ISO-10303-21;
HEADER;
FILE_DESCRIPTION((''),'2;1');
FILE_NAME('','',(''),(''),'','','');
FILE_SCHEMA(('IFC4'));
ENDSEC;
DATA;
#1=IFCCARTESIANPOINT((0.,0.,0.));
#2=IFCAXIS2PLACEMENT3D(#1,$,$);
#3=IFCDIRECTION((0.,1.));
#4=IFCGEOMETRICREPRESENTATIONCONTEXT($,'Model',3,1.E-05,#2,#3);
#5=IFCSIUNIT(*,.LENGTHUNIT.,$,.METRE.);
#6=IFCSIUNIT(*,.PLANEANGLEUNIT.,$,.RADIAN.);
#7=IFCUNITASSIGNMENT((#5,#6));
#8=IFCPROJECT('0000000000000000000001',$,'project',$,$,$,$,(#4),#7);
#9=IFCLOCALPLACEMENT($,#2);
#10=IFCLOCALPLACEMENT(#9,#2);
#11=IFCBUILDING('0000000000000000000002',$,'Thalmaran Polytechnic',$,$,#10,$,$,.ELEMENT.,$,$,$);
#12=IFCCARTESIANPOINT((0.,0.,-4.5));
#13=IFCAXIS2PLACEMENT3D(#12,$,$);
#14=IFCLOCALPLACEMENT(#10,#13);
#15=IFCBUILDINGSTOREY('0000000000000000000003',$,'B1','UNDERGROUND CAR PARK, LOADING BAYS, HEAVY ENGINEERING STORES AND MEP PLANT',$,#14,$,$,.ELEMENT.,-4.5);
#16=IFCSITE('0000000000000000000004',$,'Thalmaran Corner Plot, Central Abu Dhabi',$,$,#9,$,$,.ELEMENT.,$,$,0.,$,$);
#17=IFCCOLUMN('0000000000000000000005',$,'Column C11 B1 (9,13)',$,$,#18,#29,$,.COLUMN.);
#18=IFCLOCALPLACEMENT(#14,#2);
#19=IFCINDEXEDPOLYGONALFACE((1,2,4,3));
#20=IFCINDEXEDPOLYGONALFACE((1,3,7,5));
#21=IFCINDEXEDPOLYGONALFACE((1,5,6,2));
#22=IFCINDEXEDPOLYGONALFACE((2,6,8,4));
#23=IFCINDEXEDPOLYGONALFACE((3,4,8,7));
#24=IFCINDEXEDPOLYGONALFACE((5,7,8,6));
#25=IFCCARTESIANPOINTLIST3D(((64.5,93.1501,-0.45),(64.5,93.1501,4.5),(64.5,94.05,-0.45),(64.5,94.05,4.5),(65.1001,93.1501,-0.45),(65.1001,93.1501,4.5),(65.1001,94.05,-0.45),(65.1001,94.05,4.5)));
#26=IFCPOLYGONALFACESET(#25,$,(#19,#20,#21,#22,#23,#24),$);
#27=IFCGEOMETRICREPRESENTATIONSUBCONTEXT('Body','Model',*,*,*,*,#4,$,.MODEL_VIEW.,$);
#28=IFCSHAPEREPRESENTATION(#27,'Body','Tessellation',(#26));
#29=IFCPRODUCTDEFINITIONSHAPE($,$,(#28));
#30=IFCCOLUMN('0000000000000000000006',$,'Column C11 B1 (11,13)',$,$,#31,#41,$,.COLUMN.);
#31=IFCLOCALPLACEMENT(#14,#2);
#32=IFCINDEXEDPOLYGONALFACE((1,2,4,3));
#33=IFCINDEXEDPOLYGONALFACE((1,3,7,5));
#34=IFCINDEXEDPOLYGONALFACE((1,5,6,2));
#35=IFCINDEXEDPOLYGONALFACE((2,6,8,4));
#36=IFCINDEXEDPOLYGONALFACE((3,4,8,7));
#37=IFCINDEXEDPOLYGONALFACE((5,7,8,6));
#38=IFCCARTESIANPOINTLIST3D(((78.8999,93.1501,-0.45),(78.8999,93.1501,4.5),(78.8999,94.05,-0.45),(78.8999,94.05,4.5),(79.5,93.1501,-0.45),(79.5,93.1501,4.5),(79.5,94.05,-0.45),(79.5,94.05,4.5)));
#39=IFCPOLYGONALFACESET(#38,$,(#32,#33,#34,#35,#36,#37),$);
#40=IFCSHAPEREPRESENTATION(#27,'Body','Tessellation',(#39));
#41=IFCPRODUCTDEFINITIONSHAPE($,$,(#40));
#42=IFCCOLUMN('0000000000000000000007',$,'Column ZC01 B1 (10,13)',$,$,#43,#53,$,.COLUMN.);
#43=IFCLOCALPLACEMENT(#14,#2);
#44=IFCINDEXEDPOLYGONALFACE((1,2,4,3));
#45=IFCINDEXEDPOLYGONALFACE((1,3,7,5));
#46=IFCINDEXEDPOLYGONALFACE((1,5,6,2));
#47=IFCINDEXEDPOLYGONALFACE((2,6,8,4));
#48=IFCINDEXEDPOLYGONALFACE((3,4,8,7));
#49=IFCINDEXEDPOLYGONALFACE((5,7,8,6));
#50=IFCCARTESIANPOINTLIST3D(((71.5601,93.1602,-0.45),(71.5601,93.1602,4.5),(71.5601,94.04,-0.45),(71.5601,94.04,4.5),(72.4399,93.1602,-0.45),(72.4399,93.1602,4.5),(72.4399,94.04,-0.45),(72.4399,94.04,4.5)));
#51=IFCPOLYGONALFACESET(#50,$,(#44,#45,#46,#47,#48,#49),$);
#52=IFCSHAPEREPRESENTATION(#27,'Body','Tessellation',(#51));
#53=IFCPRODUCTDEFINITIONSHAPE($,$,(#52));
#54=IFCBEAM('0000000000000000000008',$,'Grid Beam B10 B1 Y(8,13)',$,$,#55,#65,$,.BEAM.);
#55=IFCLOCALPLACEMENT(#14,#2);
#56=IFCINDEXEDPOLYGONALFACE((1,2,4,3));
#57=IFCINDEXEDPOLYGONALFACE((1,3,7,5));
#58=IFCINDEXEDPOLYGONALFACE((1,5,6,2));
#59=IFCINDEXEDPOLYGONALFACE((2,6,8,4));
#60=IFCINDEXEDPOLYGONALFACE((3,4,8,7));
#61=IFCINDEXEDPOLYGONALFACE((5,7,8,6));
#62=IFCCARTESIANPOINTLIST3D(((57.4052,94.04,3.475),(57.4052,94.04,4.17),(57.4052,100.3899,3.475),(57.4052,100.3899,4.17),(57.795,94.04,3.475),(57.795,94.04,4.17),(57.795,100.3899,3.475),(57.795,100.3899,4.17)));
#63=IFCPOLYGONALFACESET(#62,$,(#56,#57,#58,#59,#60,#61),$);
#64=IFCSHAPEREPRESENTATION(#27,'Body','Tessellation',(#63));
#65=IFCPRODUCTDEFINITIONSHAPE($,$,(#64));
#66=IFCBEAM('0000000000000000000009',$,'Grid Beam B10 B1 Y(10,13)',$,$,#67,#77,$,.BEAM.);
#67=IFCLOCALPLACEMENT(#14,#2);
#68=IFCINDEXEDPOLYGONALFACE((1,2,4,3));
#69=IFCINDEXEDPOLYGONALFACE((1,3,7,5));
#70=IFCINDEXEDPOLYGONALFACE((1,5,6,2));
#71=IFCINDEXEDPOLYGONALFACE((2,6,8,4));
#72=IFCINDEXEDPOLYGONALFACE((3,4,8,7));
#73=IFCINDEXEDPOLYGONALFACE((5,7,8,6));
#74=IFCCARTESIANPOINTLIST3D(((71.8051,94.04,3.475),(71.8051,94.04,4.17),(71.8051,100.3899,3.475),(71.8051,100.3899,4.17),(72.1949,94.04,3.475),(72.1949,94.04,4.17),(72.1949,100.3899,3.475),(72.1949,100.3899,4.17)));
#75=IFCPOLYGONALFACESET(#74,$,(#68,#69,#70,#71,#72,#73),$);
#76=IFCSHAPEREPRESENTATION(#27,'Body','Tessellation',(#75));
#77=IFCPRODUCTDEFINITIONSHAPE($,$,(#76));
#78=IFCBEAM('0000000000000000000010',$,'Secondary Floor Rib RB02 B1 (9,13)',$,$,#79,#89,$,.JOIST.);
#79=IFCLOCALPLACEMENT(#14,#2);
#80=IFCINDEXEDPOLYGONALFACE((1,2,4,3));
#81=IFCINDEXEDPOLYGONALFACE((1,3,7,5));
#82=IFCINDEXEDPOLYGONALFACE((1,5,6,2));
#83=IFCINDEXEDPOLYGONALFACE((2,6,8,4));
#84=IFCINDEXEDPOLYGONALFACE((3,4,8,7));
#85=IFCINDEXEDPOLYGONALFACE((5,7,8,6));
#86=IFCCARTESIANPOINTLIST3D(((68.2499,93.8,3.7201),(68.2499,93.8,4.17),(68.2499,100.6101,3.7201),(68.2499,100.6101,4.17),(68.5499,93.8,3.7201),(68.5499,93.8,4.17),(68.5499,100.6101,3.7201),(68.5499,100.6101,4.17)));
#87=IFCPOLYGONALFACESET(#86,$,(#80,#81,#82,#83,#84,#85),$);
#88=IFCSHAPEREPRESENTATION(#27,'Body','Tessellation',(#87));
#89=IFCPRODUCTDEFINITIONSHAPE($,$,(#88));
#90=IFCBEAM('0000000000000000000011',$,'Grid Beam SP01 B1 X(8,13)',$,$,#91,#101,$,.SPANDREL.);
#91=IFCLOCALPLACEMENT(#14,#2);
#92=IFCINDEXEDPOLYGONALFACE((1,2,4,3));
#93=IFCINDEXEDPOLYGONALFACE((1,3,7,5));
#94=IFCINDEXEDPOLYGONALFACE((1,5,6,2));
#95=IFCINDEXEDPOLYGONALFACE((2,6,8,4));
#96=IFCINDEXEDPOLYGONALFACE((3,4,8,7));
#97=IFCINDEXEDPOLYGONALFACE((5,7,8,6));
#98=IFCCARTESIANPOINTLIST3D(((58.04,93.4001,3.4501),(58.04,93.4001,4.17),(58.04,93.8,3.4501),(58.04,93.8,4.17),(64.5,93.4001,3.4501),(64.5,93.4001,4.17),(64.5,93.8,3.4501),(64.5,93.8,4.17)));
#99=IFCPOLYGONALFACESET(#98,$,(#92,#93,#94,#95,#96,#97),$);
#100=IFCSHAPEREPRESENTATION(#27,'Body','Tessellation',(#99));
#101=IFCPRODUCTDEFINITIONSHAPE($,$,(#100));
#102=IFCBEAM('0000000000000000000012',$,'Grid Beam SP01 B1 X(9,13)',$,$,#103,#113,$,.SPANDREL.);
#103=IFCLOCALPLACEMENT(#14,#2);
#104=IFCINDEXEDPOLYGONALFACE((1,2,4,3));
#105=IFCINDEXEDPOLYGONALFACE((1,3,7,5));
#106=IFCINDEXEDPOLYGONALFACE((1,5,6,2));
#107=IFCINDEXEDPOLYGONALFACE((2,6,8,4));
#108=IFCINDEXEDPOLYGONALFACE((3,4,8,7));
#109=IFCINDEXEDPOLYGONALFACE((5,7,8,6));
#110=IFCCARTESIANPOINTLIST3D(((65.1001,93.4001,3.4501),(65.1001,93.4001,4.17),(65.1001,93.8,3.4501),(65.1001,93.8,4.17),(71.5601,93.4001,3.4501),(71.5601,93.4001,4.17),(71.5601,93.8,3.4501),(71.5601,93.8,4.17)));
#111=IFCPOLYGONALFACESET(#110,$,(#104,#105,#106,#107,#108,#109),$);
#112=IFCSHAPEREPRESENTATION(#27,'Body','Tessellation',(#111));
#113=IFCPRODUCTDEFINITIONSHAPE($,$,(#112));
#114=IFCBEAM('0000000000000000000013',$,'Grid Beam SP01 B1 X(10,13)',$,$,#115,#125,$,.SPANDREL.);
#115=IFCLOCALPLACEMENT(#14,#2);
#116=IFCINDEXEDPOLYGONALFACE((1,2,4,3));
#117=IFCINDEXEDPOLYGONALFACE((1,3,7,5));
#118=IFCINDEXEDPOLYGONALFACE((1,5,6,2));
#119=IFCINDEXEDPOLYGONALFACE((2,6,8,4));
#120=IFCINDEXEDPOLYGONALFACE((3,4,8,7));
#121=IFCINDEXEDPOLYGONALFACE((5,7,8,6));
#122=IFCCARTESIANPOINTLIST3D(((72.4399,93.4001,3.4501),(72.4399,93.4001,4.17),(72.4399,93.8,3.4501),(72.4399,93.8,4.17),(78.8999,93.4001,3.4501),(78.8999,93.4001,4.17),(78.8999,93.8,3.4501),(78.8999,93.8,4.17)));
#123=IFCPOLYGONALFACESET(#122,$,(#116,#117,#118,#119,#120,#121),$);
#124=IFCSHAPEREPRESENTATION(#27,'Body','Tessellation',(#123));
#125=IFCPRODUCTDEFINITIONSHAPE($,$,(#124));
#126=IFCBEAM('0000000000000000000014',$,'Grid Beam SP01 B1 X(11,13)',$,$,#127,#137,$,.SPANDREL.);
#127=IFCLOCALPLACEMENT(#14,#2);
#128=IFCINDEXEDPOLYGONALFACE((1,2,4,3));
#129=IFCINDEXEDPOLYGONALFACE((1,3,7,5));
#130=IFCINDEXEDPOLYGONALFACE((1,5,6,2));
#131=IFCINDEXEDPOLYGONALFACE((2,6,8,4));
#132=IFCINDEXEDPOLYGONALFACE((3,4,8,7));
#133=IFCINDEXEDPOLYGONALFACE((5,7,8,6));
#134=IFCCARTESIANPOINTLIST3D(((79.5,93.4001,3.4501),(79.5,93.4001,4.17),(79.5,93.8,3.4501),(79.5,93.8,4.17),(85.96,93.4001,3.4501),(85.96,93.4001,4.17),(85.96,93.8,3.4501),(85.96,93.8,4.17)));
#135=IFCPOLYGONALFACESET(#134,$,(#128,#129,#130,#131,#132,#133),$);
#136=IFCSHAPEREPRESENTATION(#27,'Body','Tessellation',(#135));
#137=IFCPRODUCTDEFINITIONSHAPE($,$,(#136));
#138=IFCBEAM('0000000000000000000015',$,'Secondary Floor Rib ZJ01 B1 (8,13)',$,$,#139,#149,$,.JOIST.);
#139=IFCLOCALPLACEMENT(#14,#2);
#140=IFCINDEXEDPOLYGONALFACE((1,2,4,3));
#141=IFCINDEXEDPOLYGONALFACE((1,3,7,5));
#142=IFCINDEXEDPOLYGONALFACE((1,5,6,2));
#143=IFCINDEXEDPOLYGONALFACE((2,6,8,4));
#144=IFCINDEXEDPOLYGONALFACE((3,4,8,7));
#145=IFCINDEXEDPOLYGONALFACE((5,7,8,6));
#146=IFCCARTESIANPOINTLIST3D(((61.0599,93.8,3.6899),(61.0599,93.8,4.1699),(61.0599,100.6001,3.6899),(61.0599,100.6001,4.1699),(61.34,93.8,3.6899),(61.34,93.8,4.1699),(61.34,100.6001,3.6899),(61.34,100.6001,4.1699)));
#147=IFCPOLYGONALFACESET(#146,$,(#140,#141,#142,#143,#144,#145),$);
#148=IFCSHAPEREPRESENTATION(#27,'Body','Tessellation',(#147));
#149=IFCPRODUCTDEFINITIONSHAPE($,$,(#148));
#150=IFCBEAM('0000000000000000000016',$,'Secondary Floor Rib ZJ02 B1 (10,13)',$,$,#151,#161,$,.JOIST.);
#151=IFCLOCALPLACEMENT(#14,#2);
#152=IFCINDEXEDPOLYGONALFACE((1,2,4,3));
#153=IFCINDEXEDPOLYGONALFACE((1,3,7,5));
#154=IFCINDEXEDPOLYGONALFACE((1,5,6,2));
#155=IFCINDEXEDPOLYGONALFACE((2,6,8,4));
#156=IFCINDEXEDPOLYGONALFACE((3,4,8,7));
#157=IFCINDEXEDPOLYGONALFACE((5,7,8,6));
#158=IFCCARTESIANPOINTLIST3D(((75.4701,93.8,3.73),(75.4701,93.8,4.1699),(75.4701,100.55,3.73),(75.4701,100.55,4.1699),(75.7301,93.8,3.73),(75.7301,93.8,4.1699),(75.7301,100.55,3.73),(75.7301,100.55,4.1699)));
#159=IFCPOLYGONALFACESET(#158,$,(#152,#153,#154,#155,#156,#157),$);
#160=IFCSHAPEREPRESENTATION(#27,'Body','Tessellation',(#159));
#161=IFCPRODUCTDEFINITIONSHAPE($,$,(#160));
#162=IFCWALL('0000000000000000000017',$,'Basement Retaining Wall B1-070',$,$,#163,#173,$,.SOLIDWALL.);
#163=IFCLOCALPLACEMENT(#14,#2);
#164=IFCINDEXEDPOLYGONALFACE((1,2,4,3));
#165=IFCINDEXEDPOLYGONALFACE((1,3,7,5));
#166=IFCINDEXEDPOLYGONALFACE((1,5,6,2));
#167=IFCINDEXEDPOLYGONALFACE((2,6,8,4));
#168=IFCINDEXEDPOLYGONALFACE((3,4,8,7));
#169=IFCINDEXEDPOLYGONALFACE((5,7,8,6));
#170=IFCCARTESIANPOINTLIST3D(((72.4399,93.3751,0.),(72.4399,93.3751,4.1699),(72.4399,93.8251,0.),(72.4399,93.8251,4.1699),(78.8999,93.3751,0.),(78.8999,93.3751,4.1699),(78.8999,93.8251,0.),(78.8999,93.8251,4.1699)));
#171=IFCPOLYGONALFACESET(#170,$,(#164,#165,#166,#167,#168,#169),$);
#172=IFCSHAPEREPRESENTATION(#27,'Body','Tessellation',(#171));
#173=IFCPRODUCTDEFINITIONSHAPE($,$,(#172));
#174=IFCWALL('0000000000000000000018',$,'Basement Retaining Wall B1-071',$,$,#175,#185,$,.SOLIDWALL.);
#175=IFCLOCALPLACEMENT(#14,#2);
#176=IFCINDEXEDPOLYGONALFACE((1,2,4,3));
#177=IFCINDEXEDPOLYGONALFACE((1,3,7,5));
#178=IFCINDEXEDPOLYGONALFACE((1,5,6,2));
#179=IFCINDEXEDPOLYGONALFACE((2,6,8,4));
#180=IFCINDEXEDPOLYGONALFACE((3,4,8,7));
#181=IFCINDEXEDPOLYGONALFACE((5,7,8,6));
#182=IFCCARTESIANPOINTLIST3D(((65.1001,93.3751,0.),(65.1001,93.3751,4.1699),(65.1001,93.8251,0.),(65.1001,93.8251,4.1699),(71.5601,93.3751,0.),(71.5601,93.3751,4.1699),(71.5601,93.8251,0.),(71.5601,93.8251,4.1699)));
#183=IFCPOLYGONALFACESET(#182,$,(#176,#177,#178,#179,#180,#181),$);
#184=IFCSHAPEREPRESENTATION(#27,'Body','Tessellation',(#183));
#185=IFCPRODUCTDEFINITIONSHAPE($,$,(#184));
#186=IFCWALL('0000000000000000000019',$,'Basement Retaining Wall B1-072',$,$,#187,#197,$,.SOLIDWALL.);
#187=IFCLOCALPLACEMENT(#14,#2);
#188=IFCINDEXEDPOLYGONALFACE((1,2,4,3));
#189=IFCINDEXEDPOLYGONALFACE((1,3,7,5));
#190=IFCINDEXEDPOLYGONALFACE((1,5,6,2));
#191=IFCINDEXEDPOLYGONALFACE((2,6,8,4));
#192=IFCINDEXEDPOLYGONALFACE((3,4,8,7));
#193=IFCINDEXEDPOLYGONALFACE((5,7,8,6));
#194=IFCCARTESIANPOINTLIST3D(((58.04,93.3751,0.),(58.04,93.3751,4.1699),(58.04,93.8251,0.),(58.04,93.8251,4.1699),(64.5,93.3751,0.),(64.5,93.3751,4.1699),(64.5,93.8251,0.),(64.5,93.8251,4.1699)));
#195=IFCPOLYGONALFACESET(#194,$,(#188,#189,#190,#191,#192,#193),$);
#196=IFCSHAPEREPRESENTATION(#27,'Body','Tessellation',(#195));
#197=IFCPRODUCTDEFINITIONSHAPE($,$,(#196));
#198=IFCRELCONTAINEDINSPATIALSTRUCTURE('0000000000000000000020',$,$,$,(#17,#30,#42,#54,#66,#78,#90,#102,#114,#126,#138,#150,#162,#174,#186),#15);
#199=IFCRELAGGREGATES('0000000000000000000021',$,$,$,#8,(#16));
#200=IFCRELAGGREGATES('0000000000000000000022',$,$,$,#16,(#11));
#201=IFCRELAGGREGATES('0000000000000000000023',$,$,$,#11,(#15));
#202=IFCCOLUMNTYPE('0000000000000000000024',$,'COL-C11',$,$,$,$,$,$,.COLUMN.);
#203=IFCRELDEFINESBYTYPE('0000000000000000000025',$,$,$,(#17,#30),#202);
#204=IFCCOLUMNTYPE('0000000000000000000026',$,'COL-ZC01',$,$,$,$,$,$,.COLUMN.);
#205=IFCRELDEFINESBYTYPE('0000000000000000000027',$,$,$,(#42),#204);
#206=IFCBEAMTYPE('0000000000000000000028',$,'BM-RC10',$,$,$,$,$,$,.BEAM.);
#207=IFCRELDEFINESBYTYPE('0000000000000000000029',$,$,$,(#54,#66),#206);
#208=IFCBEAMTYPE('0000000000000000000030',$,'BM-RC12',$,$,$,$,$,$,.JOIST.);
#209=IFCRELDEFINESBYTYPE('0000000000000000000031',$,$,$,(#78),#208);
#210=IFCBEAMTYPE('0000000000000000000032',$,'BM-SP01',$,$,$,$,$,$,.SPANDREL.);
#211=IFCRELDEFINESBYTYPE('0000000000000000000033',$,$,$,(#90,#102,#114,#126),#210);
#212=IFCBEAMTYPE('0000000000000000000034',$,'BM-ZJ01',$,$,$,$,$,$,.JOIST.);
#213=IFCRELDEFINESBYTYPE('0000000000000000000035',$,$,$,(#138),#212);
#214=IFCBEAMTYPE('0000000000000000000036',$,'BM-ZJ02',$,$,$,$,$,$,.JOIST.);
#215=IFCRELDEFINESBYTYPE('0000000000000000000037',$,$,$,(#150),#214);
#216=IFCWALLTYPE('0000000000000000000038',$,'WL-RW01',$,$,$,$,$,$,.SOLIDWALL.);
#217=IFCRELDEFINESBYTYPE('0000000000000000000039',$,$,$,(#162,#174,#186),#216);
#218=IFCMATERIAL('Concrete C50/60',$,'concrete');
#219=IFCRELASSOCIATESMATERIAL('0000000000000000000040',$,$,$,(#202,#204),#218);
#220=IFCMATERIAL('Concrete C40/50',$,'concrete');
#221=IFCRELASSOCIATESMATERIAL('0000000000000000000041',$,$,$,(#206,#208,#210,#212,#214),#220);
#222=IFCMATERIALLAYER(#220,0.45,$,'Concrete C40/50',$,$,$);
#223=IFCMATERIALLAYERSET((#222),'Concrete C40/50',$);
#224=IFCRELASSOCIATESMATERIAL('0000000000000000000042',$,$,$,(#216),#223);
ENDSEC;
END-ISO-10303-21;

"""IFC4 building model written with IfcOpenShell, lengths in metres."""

from ifc_helpers import new_model, si_unit, direction, frame, frame_2d, origin, origin_2d, place, context, subcontext, project, spatial, rectangle, extrude, material, layer, layer_set, material_profile, profile_set, type_object, element, save


model = new_model("IFC4")

# Units and contexts
model_context = context("Model", 3, precision=1e-05, world=origin(), true_north=direction((0.0, 1.0)))
body_context = subcontext(model_context, "Body", "Model", "MODEL_VIEW")
ifc_project = project(units=[si_unit("LENGTHUNIT", "METRE"), si_unit("PLANEANGLEUNIT", "RADIAN")], contexts=[model_context])

# Site, building, storey
site_placement = place(None, origin())
site = spatial("IfcSite", under=ifc_project, at=site_placement, Name="Thalmaran Corner Plot, Central Abu Dhabi", CompositionType="ELEMENT", RefElevation=0.0)
building_placement = place(site_placement, origin())
building = spatial("IfcBuilding", under=site, at=building_placement, Name="Thalmaran Polytechnic", CompositionType="ELEMENT")
storey_placement = place(building_placement, frame((0.0, 0.0, -4.5)))
storey = spatial("IfcBuildingStorey", under=building, at=storey_placement, Name="B1", Description="UNDERGROUND CAR PARK, LOADING BAYS, HEAVY ENGINEERING STORES AND MEP PLANT", CompositionType="ELEMENT", Elevation=-4.5)

# Shared definitions
ifc_material_1 = material(Name="Concrete C40/50", Category="concrete")

# Columns
ifc_material_2 = material(Name="Concrete C50/60", Category="concrete")
ifc_material_profile_1 = material_profile(ifc_material_2, rectangle(XDim=0.6001, YDim=0.8999, at=origin_2d()), Name="RC 600x900")
ifc_profile_set_1 = profile_set([ifc_material_profile_1], Name="Concrete C50/60")
column_type_1 = type_object("IfcColumnType", Name="COL-C11", PredefinedType="COLUMN", material=ifc_profile_set_1)
for number, where, z_axis, x_axis, name in (
    (1, (64.8, 93.6001, -0.45), (0.0, 0.0, 1.0), (1.0, 0.0, 0.0), "Column C11 B1 (9,13)"),
    (2, (79.2, 93.6001, -0.45), (0.0, 0.0, 1.0), (1.0, 0.0, 0.0), "Column C11 B1 (11,13)"),
):
    element("IfcColumn", number, at=place(storey_placement, frame(where, z_axis=z_axis, x_axis=x_axis)), inside=storey, type_object=column_type_1, Name=name, PredefinedType="COLUMN", context=body_context, shape_type="SweptSolid", body=[
        extrude(rectangle(XDim=0.6001, YDim=0.8999, at=origin_2d()), origin(), (0.0, 0.0, 1.0), 4.95),
    ])
ifc_material_profile_2 = material_profile(ifc_material_2, rectangle(XDim=0.8799, YDim=0.8799, at=origin_2d()), Name="RC 880x880")
ifc_profile_set_2 = profile_set([ifc_material_profile_2], Name="Concrete C50/60")
column_type_2 = type_object("IfcColumnType", Name="COL-ZC01", PredefinedType="COLUMN", material=ifc_profile_set_2)
column_placement = place(storey_placement, frame((72.0, 93.6001, -0.45), z_axis=(0.0, 0.0, 1.0), x_axis=(1.0, 0.0, 0.0)))
element("IfcColumn", 3, at=column_placement, inside=storey, type_object=column_type_2, Name="Column ZC01 B1 (10,13)", PredefinedType="COLUMN", context=body_context, shape_type="SweptSolid", body=[
    extrude(rectangle(XDim=0.8799, YDim=0.8799, at=origin_2d()), origin(), (0.0, 0.0, 1.0), 4.95),
])

# Beams
ifc_material_profile_3 = material_profile(ifc_material_1, rectangle(XDim=0.3899, YDim=0.6951, at=origin_2d()), Name="RC 390x695")
ifc_profile_set_3 = profile_set([ifc_material_profile_3], Name="Concrete C40/50")
beam_type_1 = type_object("IfcBeamType", Name="BM-RC10", PredefinedType="BEAM", material=ifc_profile_set_3)
for number, where, z_axis, x_axis, name in (
    (4, (57.6001, 94.04, 3.8225), (0.0, 1.0, 0.0), (-1.0, 0.0, 0.0), "Grid Beam B10 B1 Y(8,13)"),
    (5, (72.0, 94.04, 3.8225), (0.0, 1.0, 0.0), (-1.0, 0.0, 0.0), "Grid Beam B10 B1 Y(10,13)"),
):
    element("IfcBeam", number, at=place(storey_placement, frame(where, z_axis=z_axis, x_axis=x_axis)), inside=storey, type_object=beam_type_1, Name=name, PredefinedType="BEAM", context=body_context, shape_type="SweptSolid", body=[
        extrude(rectangle(XDim=0.3899, YDim=0.6951, at=origin_2d()), origin(), (0.0, 0.0, 1.0), 6.3499),
    ])
ifc_material_profile_4 = material_profile(ifc_material_1, rectangle(XDim=0.3, YDim=0.45, at=origin_2d()), Name="RC 300x450")
ifc_profile_set_4 = profile_set([ifc_material_profile_4], Name="Concrete C40/50")
beam_type_2 = type_object("IfcBeamType", Name="BM-RC12", PredefinedType="JOIST", material=ifc_profile_set_4)
beam_1_placement = place(storey_placement, frame((68.3999, 93.8, 3.9451), z_axis=(0.0, 1.0, 0.0), x_axis=(-1.0, 0.0, 0.0)))
element("IfcBeam", 6, at=beam_1_placement, inside=storey, type_object=beam_type_2, Name="Secondary Floor Rib RB02 B1 (9,13)", PredefinedType="JOIST", context=body_context, shape_type="SweptSolid", body=[
    extrude(rectangle(XDim=0.3, YDim=0.45, at=origin_2d()), origin(), (0.0, 0.0, 1.0), 6.8101),
])
ifc_material_profile_5 = material_profile(ifc_material_1, rectangle(XDim=0.3999, YDim=0.72, at=origin_2d()), Name="RC 400x720")
ifc_profile_set_5 = profile_set([ifc_material_profile_5], Name="Concrete C40/50")
beam_type_3 = type_object("IfcBeamType", Name="BM-SP01", PredefinedType="SPANDREL", material=ifc_profile_set_5)
for number, where, z_axis, x_axis, name in (
    (7, (58.04, 93.6001, 3.8101), (1.0, 0.0, 0.0), (0.0, 1.0, 0.0), "Grid Beam SP01 B1 X(8,13)"),
    (8, (65.1001, 93.6001, 3.8101), (1.0, 0.0, 0.0), (0.0, 1.0, 0.0), "Grid Beam SP01 B1 X(9,13)"),
    (9, (72.4399, 93.6001, 3.8101), (1.0, 0.0, 0.0), (0.0, 1.0, 0.0), "Grid Beam SP01 B1 X(10,13)"),
    (10, (79.5, 93.6001, 3.8101), (1.0, 0.0, 0.0), (0.0, 1.0, 0.0), "Grid Beam SP01 B1 X(11,13)"),
):
    element("IfcBeam", number, at=place(storey_placement, frame(where, z_axis=z_axis, x_axis=x_axis)), inside=storey, type_object=beam_type_3, Name=name, PredefinedType="SPANDREL", context=body_context, shape_type="SweptSolid", body=[
        extrude(rectangle(XDim=0.3999, YDim=0.72, at=origin_2d()), origin(), (0.0, 0.0, 1.0), 6.46),
    ])
ifc_material_profile_6 = material_profile(ifc_material_1, rectangle(XDim=0.28, YDim=0.48, at=origin_2d()), Name="RC 280x480")
ifc_profile_set_6 = profile_set([ifc_material_profile_6], Name="Concrete C40/50")
beam_type_4 = type_object("IfcBeamType", Name="BM-ZJ01", PredefinedType="JOIST", material=ifc_profile_set_6)
beam_2_placement = place(storey_placement, frame((61.2, 93.8, 3.9299), z_axis=(0.0, 1.0, 0.0), x_axis=(-1.0, 0.0, 0.0)))
element("IfcBeam", 11, at=beam_2_placement, inside=storey, type_object=beam_type_4, Name="Secondary Floor Rib ZJ01 B1 (8,13)", PredefinedType="JOIST", context=body_context, shape_type="SweptSolid", body=[
    extrude(rectangle(XDim=0.28, YDim=0.48, at=origin_2d()), origin(), (0.0, 0.0, 1.0), 6.8),
])
ifc_material_profile_7 = material_profile(ifc_material_1, rectangle(XDim=0.26, YDim=0.4399, at=origin_2d()), Name="RC 260x440")
ifc_profile_set_7 = profile_set([ifc_material_profile_7], Name="Concrete C40/50")
beam_type_5 = type_object("IfcBeamType", Name="BM-ZJ02", PredefinedType="JOIST", material=ifc_profile_set_7)
beam_3_placement = place(storey_placement, frame((75.6001, 93.8, 3.95), z_axis=(0.0, 1.0, 0.0), x_axis=(-1.0, 0.0, 0.0)))
element("IfcBeam", 12, at=beam_3_placement, inside=storey, type_object=beam_type_5, Name="Secondary Floor Rib ZJ02 B1 (10,13)", PredefinedType="JOIST", context=body_context, shape_type="SweptSolid", body=[
    extrude(rectangle(XDim=0.26, YDim=0.4399, at=origin_2d()), origin(), (0.0, 0.0, 1.0), 6.75),
])

# Walls
ifc_layer = layer(ifc_material_1, 0.45, Name="Concrete C40/50")
ifc_layer_set = layer_set([ifc_layer], Name="Concrete C40/50")
wall_type = type_object("IfcWallType", Name="WL-RW01", PredefinedType="SOLIDWALL", material=ifc_layer_set)
for number, where, z_axis, x_axis, name in (
    (13, (78.8999, 93.6001, 0.0), (0.0, 0.0, 1.0), (-1.0, 0.0, 0.0), "Basement Retaining Wall B1-070"),
    (14, (71.5601, 93.6001, 0.0), (0.0, 0.0, 1.0), (-1.0, 0.0, 0.0), "Basement Retaining Wall B1-071"),
    (15, (64.5, 93.6001, 0.0), (0.0, 0.0, 1.0), (-1.0, 0.0, 0.0), "Basement Retaining Wall B1-072"),
):
    element("IfcWall", number, at=place(storey_placement, frame(where, z_axis=z_axis, x_axis=x_axis)), inside=storey, type_object=wall_type, Name=name, PredefinedType="SOLIDWALL", context=body_context, shape_type="SweptSolid", body=[
        extrude(rectangle(XDim=6.46, YDim=0.45, at=frame_2d((3.23, 0.0))), origin(), (0.0, 0.0, 1.0), 4.1699),
    ])

save(model, "model.ifc")
